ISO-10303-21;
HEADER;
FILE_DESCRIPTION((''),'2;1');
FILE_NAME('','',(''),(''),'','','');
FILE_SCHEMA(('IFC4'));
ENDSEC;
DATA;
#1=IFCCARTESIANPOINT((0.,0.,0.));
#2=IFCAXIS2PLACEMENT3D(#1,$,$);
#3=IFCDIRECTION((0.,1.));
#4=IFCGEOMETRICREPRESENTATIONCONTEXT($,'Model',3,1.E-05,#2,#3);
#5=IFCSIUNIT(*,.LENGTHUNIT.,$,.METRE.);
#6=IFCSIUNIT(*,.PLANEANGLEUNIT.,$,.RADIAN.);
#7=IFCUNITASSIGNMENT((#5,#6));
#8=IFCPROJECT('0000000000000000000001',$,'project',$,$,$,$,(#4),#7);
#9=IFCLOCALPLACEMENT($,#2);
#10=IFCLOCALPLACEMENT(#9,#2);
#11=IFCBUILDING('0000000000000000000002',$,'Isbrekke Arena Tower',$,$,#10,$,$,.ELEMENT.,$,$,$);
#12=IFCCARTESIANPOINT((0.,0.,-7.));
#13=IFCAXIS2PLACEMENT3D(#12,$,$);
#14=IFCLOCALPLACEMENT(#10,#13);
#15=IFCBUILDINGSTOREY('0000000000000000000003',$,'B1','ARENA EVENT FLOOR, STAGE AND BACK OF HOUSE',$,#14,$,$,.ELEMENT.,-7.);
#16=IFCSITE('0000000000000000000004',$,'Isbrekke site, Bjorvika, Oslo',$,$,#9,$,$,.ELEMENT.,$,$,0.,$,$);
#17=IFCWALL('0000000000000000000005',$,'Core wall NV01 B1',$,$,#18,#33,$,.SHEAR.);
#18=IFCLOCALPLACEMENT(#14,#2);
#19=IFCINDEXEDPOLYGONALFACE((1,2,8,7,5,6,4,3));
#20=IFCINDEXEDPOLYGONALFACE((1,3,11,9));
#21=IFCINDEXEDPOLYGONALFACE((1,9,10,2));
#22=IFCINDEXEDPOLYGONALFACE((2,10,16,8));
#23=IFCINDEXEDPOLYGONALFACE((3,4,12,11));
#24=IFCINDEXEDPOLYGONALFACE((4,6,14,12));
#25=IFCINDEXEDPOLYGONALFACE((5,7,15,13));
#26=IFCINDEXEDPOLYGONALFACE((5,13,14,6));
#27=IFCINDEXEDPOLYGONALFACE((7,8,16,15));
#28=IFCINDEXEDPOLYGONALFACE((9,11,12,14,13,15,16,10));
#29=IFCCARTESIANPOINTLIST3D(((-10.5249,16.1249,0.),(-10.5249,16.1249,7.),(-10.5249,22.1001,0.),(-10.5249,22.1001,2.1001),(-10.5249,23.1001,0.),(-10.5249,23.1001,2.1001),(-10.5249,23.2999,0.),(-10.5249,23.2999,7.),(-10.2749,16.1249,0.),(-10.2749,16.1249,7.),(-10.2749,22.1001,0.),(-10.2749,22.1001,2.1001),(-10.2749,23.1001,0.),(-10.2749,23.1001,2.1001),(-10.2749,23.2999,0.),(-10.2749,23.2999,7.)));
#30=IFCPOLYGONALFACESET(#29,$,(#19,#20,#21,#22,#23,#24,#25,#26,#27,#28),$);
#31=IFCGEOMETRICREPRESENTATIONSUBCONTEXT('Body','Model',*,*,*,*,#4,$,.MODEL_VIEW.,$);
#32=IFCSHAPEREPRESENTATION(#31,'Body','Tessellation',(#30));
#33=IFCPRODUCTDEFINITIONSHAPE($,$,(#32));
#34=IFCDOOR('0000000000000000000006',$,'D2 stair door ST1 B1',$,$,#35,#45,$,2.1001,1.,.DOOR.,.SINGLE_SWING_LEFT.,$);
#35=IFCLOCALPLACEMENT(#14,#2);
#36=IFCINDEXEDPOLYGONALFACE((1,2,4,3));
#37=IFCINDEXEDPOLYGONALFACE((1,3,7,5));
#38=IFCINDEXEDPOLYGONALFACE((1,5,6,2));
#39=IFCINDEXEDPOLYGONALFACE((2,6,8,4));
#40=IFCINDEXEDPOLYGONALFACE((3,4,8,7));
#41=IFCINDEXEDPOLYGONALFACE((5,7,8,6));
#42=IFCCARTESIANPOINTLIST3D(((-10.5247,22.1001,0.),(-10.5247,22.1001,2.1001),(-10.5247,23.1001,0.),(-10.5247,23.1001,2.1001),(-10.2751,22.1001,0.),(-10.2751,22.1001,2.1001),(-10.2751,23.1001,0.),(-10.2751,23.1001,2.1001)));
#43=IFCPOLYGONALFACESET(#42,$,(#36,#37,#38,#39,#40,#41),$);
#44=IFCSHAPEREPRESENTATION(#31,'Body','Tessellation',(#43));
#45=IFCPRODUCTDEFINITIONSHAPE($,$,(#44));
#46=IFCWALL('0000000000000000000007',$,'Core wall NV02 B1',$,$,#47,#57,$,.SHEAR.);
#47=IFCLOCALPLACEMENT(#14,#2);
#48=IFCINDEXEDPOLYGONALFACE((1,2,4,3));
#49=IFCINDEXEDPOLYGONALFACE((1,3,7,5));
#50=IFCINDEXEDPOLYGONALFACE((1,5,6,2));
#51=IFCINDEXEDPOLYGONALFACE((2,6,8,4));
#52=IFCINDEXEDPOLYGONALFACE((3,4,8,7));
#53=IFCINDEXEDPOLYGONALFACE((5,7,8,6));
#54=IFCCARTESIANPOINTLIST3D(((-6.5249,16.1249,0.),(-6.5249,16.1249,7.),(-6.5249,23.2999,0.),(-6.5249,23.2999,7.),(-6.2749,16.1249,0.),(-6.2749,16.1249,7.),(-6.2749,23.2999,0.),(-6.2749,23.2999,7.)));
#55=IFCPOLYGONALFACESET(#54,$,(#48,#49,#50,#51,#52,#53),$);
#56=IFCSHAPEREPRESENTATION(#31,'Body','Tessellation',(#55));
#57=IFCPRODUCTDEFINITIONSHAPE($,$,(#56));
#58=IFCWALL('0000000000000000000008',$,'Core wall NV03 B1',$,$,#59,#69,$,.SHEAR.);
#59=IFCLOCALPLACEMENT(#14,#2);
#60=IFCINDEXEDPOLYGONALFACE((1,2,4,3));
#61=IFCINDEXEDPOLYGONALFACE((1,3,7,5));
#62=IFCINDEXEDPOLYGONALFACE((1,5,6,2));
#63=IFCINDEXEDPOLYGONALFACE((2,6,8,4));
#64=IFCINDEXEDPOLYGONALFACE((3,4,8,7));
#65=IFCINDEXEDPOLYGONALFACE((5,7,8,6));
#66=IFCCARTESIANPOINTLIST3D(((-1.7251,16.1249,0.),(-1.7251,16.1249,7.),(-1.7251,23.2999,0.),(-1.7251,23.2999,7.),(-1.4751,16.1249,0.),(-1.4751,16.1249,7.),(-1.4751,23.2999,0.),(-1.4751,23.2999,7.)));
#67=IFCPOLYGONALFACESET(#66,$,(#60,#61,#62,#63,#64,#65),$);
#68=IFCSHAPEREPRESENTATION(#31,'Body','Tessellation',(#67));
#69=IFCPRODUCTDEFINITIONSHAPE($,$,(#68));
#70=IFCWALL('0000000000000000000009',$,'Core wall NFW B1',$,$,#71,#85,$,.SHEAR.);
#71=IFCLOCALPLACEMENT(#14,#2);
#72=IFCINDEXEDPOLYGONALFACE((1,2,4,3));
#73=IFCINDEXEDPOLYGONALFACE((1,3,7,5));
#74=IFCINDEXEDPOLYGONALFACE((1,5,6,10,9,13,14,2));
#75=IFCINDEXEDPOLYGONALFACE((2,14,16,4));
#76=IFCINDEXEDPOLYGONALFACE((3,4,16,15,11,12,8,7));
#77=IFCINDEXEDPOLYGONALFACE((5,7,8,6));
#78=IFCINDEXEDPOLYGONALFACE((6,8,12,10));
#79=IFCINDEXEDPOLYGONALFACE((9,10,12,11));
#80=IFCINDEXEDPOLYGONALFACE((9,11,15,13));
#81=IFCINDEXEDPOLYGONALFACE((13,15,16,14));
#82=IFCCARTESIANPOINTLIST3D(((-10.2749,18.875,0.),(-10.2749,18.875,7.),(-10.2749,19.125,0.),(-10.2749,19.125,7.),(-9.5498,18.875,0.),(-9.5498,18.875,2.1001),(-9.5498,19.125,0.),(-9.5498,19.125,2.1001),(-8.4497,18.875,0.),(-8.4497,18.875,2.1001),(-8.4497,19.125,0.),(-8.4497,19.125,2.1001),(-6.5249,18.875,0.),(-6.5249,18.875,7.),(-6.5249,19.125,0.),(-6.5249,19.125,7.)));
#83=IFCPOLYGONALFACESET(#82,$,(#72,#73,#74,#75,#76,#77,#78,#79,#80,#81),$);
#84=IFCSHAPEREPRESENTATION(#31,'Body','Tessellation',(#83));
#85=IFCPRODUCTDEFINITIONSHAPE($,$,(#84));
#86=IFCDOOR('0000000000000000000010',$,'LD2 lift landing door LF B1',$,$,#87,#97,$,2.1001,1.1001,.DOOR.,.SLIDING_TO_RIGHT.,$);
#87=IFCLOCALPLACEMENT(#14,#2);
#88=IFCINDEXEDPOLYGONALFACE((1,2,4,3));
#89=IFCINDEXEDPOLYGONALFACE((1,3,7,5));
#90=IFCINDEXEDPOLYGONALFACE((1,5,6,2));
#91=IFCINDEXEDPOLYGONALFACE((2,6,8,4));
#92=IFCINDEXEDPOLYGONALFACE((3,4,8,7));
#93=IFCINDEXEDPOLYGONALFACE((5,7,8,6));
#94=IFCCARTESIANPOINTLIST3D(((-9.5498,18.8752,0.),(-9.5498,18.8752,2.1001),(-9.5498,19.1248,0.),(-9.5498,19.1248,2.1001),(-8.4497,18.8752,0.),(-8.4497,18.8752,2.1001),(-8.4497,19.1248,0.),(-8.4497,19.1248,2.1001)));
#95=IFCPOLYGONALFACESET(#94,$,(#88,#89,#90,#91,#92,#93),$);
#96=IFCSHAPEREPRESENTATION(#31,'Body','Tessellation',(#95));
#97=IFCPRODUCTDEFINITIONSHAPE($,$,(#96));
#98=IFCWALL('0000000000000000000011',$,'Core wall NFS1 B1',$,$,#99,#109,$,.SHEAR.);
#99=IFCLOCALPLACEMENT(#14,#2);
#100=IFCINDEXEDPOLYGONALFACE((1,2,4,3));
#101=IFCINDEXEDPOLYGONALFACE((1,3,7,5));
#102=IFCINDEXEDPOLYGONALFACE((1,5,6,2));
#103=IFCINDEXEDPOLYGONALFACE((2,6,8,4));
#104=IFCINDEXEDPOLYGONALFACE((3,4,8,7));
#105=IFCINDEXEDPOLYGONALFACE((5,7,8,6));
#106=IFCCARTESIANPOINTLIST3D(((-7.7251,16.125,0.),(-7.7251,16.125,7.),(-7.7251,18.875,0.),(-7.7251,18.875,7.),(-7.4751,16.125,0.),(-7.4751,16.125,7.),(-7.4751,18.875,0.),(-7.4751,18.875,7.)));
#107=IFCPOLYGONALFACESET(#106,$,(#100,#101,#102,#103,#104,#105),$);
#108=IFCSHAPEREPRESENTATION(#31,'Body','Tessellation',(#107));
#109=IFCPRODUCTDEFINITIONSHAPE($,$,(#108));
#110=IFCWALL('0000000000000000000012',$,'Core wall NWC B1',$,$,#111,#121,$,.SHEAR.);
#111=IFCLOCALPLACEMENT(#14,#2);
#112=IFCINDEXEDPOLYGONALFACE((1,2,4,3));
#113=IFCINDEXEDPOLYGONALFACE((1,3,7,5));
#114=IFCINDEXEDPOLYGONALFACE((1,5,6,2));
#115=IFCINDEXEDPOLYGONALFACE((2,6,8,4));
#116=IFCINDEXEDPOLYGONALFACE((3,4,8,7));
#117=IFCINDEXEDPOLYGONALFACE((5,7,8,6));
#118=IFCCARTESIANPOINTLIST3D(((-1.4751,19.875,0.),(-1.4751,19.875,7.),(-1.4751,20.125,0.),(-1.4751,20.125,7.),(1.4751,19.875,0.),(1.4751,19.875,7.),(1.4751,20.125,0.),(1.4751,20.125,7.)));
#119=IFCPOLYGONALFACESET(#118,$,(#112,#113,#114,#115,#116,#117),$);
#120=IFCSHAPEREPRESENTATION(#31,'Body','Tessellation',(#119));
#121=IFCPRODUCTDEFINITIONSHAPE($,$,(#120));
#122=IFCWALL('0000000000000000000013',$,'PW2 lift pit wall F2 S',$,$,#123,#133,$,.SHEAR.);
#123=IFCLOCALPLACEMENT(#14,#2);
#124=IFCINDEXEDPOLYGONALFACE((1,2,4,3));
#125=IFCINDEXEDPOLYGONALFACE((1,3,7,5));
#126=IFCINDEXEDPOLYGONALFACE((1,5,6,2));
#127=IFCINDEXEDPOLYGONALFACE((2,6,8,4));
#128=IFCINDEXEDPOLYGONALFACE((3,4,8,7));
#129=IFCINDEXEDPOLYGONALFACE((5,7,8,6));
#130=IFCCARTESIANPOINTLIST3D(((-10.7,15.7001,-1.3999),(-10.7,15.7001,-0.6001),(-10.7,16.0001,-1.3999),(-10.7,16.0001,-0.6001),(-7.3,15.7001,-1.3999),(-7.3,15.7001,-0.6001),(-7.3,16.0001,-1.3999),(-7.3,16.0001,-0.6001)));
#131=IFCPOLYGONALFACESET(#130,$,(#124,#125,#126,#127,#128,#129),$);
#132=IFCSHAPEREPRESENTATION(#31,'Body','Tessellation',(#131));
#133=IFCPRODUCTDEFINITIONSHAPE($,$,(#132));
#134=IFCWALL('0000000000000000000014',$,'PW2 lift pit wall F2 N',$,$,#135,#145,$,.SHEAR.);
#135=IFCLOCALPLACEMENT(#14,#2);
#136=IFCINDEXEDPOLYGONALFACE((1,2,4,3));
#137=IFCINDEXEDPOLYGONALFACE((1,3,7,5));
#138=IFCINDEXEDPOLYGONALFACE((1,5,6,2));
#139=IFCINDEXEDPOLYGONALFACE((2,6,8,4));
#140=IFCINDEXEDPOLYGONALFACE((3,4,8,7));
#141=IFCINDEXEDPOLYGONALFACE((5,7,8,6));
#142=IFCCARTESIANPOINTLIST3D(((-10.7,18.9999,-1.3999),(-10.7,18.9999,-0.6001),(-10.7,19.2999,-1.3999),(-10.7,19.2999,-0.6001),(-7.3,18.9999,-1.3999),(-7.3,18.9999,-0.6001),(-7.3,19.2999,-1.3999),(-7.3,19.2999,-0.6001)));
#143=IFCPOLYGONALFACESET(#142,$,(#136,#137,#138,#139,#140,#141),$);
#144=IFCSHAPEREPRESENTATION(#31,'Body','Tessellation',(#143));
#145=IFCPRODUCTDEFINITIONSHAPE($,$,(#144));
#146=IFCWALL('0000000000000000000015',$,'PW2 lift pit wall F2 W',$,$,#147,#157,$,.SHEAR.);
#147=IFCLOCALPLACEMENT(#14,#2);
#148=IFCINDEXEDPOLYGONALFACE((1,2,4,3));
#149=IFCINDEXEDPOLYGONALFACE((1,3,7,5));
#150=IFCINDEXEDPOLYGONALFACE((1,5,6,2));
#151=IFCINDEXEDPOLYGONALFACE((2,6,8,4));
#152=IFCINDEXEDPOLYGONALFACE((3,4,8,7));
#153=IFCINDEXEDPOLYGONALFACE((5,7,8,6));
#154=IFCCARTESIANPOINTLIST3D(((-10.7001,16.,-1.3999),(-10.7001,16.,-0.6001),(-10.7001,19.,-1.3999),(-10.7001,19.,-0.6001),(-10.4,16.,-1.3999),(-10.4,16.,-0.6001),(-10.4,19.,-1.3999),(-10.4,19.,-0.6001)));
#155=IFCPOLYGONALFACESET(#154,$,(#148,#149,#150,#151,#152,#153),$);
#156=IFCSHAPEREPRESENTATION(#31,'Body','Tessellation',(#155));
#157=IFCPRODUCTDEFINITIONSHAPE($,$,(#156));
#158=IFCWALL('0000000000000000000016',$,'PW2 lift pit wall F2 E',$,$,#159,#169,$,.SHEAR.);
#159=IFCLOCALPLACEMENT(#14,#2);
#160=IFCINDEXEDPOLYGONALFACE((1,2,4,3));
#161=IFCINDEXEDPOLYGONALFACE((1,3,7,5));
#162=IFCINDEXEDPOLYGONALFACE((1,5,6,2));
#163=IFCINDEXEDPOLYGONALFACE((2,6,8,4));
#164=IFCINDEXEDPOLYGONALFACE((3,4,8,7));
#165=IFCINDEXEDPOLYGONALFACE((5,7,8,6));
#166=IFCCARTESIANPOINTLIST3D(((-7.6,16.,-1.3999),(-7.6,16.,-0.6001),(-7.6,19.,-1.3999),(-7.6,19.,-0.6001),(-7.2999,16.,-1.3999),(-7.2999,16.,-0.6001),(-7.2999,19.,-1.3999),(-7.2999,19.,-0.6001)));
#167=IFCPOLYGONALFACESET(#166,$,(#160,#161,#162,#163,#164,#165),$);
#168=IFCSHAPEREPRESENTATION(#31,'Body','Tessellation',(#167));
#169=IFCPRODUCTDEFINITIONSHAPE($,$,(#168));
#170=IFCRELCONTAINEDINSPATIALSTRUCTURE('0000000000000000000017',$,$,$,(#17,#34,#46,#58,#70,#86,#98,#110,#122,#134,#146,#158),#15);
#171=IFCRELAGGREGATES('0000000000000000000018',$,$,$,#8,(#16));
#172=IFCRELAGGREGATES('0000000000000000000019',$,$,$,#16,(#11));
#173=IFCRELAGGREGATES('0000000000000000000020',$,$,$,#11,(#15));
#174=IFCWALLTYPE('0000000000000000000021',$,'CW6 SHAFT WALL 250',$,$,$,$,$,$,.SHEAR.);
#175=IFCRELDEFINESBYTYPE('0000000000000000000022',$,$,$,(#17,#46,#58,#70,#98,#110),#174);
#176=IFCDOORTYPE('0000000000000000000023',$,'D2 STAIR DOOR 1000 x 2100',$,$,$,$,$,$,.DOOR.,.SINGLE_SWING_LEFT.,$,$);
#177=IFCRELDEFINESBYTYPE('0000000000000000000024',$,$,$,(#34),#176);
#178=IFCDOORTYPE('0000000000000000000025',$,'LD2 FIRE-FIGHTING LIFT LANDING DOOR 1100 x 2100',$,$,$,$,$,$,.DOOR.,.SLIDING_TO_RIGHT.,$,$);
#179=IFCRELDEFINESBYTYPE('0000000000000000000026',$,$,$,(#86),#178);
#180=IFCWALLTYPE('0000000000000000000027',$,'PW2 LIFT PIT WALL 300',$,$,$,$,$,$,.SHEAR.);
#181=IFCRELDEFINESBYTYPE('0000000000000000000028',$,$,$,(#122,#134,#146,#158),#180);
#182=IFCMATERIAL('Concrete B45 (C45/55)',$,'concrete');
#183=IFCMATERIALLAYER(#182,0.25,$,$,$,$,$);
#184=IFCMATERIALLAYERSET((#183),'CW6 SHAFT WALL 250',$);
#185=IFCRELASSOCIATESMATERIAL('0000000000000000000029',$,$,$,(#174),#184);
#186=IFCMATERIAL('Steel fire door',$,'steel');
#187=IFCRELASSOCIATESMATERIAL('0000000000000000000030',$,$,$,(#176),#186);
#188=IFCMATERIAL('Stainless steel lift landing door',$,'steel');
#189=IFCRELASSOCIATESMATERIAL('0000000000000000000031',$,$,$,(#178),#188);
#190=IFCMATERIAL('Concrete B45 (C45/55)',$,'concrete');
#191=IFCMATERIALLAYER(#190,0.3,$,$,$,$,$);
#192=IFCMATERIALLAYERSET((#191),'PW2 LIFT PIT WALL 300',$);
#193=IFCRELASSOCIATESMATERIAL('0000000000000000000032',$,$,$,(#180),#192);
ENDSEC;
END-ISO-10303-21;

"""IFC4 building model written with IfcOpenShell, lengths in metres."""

from ifc_helpers import new_model, si_unit, direction, frame, frame_2d, origin, place, context, subcontext, project, spatial, rectangle, extrude, material, layer, layer_set, type_object, element, fill, save


model = new_model("IFC4")

# Units and contexts
model_context = context("Model", 3, precision=1e-05, world=origin(), true_north=direction((0.0, 1.0)))
body_context = subcontext(model_context, "Body", "Model", "MODEL_VIEW")
ifc_project = project(units=[si_unit("LENGTHUNIT", "METRE"), si_unit("PLANEANGLEUNIT", "RADIAN")], contexts=[model_context])

# Site, building, storey
site_placement = place(None, origin())
site = spatial("IfcSite", under=ifc_project, at=site_placement, Name="Isbrekke site, Bjorvika, Oslo", CompositionType="ELEMENT", RefElevation=0.0)
building_placement = place(site_placement, origin())
building = spatial("IfcBuilding", under=site, at=building_placement, Name="Isbrekke Arena Tower", CompositionType="ELEMENT")
storey_placement = place(building_placement, frame((0.0, 0.0, -7.0)))
storey = spatial("IfcBuildingStorey", under=building, at=storey_placement, Name="B1", Description="ARENA EVENT FLOOR, STAGE AND BACK OF HOUSE", CompositionType="ELEMENT", Elevation=-7.0)

# Wall, opening, door
ifc_material_1 = material(Name="Concrete B45 (C45/55)", Category="concrete")
ifc_layer_1 = layer(ifc_material_1, 0.25)
ifc_layer_set_1 = layer_set([ifc_layer_1], Name="CW6 SHAFT WALL 250")
wall_type_1 = type_object("IfcWallType", Name="CW6 SHAFT WALL 250", PredefinedType="SHEAR", material=ifc_layer_set_1)
wall_1_placement = place(storey_placement, frame((-10.3999, 16.125, 0.0), z_axis=(0.0, 0.0, 1.0), x_axis=(0.0, 1.0, 0.0)))
wall_1 = element("IfcWall", 1, at=wall_1_placement, inside=storey, type_object=wall_type_1, Name="Core wall NV01 B1", PredefinedType="SHEAR", context=body_context, shape_type="SweptSolid", body=[
    extrude(rectangle(XDim=7.175, YDim=0.25, at=frame_2d((3.5874, 0.0))), origin(), (0.0, 0.0, 1.0), 7.0),
])
opening_1_placement = place(wall_1_placement, frame((5.9751, 0.0, 0.0)))
opening_1 = element("IfcOpeningElement", 2, at=opening_1_placement, cuts=wall_1, PredefinedType="OPENING", context=body_context, shape_type="SweptSolid", body=[
    extrude(rectangle(XDim=1.0, YDim=2.1001, at=frame_2d((0.5, 1.05))), frame((0.0, 0.1399, 0.0), z_axis=(0.0, -1.0, 0.0), x_axis=(1.0, 0.0, 0.0)), (0.0, 0.0, 1.0), 0.2798),
])
ifc_material_2 = material(Name="Steel fire door", Category="steel")
door_type_1 = type_object("IfcDoorType", Name="D2 STAIR DOOR 1000 x 2100", OperationType="SINGLE_SWING_LEFT", PredefinedType="DOOR", material=ifc_material_2)
door_1_placement = place(opening_1_placement, origin())
door_1 = element("IfcDoor", 3, at=door_1_placement, inside=storey, type_object=door_type_1, Name="D2 stair door ST1 B1", OperationType="SINGLE_SWING_LEFT", OverallHeight=2.1001, OverallWidth=1.0, PredefinedType="DOOR", context=body_context, shape_type="SweptSolid", body=[
    extrude(rectangle(XDim=1.0, YDim=2.1001, at=frame_2d((0.5, 1.05))), frame((0.0, 0.1248, 0.0), z_axis=(0.0, -1.0, 0.0), x_axis=(1.0, 0.0, 0.0)), (0.0, 0.0, 1.0), 0.2495),
])
fill(opening_1, door_1)

# Walls
for number, where, z_axis, x_axis, name in (
    (4, (-6.3999, 16.125, 0.0), (0.0, 0.0, 1.0), (0.0, 1.0, 0.0), "Core wall NV02 B1"),
    (5, (-1.6001, 16.125, 0.0), (0.0, 0.0, 1.0), (0.0, 1.0, 0.0), "Core wall NV03 B1"),
):
    element("IfcWall", number, at=place(storey_placement, frame(where, z_axis=z_axis, x_axis=x_axis)), inside=storey, type_object=wall_type_1, Name=name, PredefinedType="SHEAR", context=body_context, shape_type="SweptSolid", body=[
        extrude(rectangle(XDim=7.175, YDim=0.25, at=frame_2d((3.5874, 0.0))), origin(), (0.0, 0.0, 1.0), 7.0),
    ])

# Wall, opening, door
wall_2_placement = place(storey_placement, frame((-10.2749, 19.0, 0.0), z_axis=(0.0, 0.0, 1.0), x_axis=(1.0, 0.0, 0.0)))
wall_2 = element("IfcWall", 6, at=wall_2_placement, inside=storey, type_object=wall_type_1, Name="Core wall NFW B1", PredefinedType="SHEAR", context=body_context, shape_type="SweptSolid", body=[
    extrude(rectangle(XDim=3.75, YDim=0.25, at=frame_2d((1.875, 0.0))), origin(), (0.0, 0.0, 1.0), 7.0),
])
opening_2_placement = place(wall_2_placement, frame((0.7251, 0.0, 0.0)))
opening_2 = element("IfcOpeningElement", 7, at=opening_2_placement, cuts=wall_2, PredefinedType="OPENING", context=body_context, shape_type="SweptSolid", body=[
    extrude(rectangle(XDim=1.1001, YDim=2.1001, at=frame_2d((0.55, 1.05))), frame((0.0, 0.1399, 0.0), z_axis=(0.0, -1.0, 0.0), x_axis=(1.0, 0.0, 0.0)), (0.0, 0.0, 1.0), 0.2798),
])
ifc_material_3 = material(Name="Stainless steel lift landing door", Category="steel")
door_type_2 = type_object("IfcDoorType", Name="LD2 FIRE-FIGHTING LIFT LANDING DOOR 1100 x 2100", OperationType="SLIDING_TO_RIGHT", PredefinedType="DOOR", material=ifc_material_3)
door_2_placement = place(opening_2_placement, origin())
door_2 = element("IfcDoor", 8, at=door_2_placement, inside=storey, type_object=door_type_2, Name="LD2 lift landing door LF B1", OperationType="SLIDING_TO_RIGHT", OverallHeight=2.1001, OverallWidth=1.1001, PredefinedType="DOOR", context=body_context, shape_type="SweptSolid", body=[
    extrude(rectangle(XDim=1.1001, YDim=2.1001, at=frame_2d((0.55, 1.05))), frame((0.0, 0.1248, 0.0), z_axis=(0.0, -1.0, 0.0), x_axis=(1.0, 0.0, 0.0)), (0.0, 0.0, 1.0), 0.2495),
])
fill(opening_2, door_2)

# Walls
wall_3_placement = place(storey_placement, frame((-7.6001, 16.125, 0.0), z_axis=(0.0, 0.0, 1.0), x_axis=(0.0, 1.0, 0.0)))
element("IfcWall", 9, at=wall_3_placement, inside=storey, type_object=wall_type_1, Name="Core wall NFS1 B1", PredefinedType="SHEAR", context=body_context, shape_type="SweptSolid", body=[
    extrude(rectangle(XDim=2.75, YDim=0.25, at=frame_2d((1.375, 0.0))), origin(), (0.0, 0.0, 1.0), 7.0),
])
wall_4_placement = place(storey_placement, frame((-1.4751, 20.0, 0.0), z_axis=(0.0, 0.0, 1.0), x_axis=(1.0, 0.0, 0.0)))
element("IfcWall", 10, at=wall_4_placement, inside=storey, type_object=wall_type_1, Name="Core wall NWC B1", PredefinedType="SHEAR", context=body_context, shape_type="SweptSolid", body=[
    extrude(rectangle(XDim=2.9502, YDim=0.25, at=frame_2d((1.4751, 0.0))), origin(), (0.0, 0.0, 1.0), 7.0),
])
ifc_material_4 = material(Name="Concrete B45 (C45/55)", Category="concrete")
ifc_layer_2 = layer(ifc_material_4, 0.3)
ifc_layer_set_2 = layer_set([ifc_layer_2], Name="PW2 LIFT PIT WALL 300")
wall_type_2 = type_object("IfcWallType", Name="PW2 LIFT PIT WALL 300", PredefinedType="SHEAR", material=ifc_layer_set_2)
for number, where, z_axis, x_axis, name in (
    (11, (-10.7, 15.8501, -1.3999), (0.0, 0.0, 1.0), (1.0, 0.0, 0.0), "PW2 lift pit wall F2 S"),
    (12, (-10.7, 19.1499, -1.3999), (0.0, 0.0, 1.0), (1.0, 0.0, 0.0), "PW2 lift pit wall F2 N"),
):
    element("IfcWall", number, at=place(storey_placement, frame(where, z_axis=z_axis, x_axis=x_axis)), inside=storey, type_object=wall_type_2, Name=name, PredefinedType="SHEAR", context=body_context, shape_type="SweptSolid", body=[
        extrude(rectangle(XDim=3.3999, YDim=0.3, at=frame_2d((1.7, 0.0))), origin(), (0.0, 0.0, 1.0), 0.7998),
    ])
for number, where, z_axis, x_axis, name in (
    (13, (-10.55, 16.0, -1.3999), (0.0, 0.0, 1.0), (0.0, 1.0, 0.0), "PW2 lift pit wall F2 W"),
    (14, (-7.45, 16.0, -1.3999), (0.0, 0.0, 1.0), (0.0, 1.0, 0.0), "PW2 lift pit wall F2 E"),
):
    element("IfcWall", number, at=place(storey_placement, frame(where, z_axis=z_axis, x_axis=x_axis)), inside=storey, type_object=wall_type_2, Name=name, PredefinedType="SHEAR", context=body_context, shape_type="SweptSolid", body=[
        extrude(rectangle(XDim=3.0, YDim=0.3, at=frame_2d((1.5, 0.0))), origin(), (0.0, 0.0, 1.0), 0.7998),
    ])

save(model, "model.ifc")
